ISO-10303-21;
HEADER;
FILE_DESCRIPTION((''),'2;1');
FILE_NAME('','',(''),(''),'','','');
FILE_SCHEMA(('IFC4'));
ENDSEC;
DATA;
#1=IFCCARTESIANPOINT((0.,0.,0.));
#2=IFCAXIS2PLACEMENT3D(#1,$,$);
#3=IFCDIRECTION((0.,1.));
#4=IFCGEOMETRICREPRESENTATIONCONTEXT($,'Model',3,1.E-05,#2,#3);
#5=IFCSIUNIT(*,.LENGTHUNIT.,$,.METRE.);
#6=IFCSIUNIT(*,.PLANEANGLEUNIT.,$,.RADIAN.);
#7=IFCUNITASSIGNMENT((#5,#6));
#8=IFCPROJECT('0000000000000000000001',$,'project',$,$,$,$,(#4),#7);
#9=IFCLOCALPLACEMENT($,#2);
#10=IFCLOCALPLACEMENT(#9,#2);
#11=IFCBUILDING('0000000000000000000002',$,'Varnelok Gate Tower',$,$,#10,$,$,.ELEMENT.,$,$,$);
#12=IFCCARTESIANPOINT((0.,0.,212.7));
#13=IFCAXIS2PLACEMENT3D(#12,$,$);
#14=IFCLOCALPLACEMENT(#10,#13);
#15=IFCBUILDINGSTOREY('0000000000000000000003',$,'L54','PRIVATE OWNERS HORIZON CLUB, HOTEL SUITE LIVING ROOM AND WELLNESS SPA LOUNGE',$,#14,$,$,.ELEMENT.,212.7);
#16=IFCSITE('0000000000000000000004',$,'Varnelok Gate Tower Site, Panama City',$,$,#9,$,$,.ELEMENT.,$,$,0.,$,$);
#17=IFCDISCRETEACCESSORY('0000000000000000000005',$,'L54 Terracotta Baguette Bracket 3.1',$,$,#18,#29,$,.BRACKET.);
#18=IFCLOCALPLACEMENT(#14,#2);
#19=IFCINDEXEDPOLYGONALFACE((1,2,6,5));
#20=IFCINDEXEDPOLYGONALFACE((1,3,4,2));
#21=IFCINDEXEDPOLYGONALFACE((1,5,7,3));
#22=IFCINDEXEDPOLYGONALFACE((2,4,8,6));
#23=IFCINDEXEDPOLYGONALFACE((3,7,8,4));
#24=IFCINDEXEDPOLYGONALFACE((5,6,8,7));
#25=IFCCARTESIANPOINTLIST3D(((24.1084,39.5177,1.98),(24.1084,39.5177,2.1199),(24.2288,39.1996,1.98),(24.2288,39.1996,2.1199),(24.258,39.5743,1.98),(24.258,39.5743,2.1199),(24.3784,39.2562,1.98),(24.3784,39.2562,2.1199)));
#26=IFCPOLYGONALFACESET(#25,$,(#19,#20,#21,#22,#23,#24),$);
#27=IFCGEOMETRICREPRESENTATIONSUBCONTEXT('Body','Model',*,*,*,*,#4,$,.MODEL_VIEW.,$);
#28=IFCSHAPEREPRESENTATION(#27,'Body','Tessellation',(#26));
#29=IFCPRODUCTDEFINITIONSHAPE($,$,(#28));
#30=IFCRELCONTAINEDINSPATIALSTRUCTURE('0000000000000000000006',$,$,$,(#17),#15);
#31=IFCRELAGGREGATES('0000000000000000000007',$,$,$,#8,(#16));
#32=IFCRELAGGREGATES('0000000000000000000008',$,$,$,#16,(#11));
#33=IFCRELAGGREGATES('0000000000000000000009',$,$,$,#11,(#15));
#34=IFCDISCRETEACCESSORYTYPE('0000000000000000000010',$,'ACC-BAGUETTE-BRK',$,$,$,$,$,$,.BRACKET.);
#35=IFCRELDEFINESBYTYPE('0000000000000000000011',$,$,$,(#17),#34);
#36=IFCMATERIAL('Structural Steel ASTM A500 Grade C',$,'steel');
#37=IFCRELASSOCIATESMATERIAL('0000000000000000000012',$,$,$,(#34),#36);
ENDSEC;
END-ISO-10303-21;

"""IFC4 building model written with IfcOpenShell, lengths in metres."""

from ifc_helpers import new_model, si_unit, direction, frame, origin, origin_2d, place, context, subcontext, project, spatial, rectangle, extrude, source, transform, mapped, material, type_object, element, save


model = new_model("IFC4")

# Units and contexts
model_context = context("Model", 3, precision=1e-05, world=origin(), true_north=direction((0.0, 1.0)))
body_context = subcontext(model_context, "Body", "Model", "MODEL_VIEW")
ifc_project = project(units=[si_unit("LENGTHUNIT", "METRE"), si_unit("PLANEANGLEUNIT", "RADIAN")], contexts=[model_context])

# Site, building, storey
site_placement = place(None, origin())
site = spatial("IfcSite", under=ifc_project, at=site_placement, Name="Varnelok Gate Tower Site, Panama City", CompositionType="ELEMENT", RefElevation=0.0)
building_placement = place(site_placement, origin())
building = spatial("IfcBuilding", under=site, at=building_placement, Name="Varnelok Gate Tower", CompositionType="ELEMENT")
storey_placement = place(building_placement, frame((0.0, 0.0, 212.7)))
storey = spatial("IfcBuildingStorey", under=building, at=storey_placement, Name="L54", Description="PRIVATE OWNERS HORIZON CLUB, HOTEL SUITE LIVING ROOM AND WELLNESS SPA LOUNGE", CompositionType="ELEMENT", Elevation=212.7)

# Discrete accessory
ifc_material_1 = material(Name="Structural Steel ASTM A500 Grade C", Category="steel")
discrete_accessory_type = type_object("IfcDiscreteAccessoryType", Name="ACC-BAGUETTE-BRK", PredefinedType="BRACKET", material=ifc_material_1)
shared_shape_1 = source(origin(), body_context, "Body", "SweptSolid", [
    extrude(rectangle(XDim=0.1599, YDim=0.3401, at=origin_2d()), origin(), (0.0, 0.0, 1.0), 0.1399),
])
discrete_accessory_placement = place(storey_placement, frame((24.2434, 39.387, 1.98), z_axis=(0.0, 0.0, 1.0), x_axis=(0.935222, 0.354063, 0.0)))
element("IfcDiscreteAccessory", 1, at=discrete_accessory_placement, inside=storey, type_object=discrete_accessory_type, Name="L54 Terracotta Baguette Bracket 3.1", PredefinedType="BRACKET", context=body_context, shape_type="MappedRepresentation", body=[
    mapped(shared_shape_1, transform((0.0, 0.0, 0.0), scale=1.0)),
])

save(model, "model.ifc")
